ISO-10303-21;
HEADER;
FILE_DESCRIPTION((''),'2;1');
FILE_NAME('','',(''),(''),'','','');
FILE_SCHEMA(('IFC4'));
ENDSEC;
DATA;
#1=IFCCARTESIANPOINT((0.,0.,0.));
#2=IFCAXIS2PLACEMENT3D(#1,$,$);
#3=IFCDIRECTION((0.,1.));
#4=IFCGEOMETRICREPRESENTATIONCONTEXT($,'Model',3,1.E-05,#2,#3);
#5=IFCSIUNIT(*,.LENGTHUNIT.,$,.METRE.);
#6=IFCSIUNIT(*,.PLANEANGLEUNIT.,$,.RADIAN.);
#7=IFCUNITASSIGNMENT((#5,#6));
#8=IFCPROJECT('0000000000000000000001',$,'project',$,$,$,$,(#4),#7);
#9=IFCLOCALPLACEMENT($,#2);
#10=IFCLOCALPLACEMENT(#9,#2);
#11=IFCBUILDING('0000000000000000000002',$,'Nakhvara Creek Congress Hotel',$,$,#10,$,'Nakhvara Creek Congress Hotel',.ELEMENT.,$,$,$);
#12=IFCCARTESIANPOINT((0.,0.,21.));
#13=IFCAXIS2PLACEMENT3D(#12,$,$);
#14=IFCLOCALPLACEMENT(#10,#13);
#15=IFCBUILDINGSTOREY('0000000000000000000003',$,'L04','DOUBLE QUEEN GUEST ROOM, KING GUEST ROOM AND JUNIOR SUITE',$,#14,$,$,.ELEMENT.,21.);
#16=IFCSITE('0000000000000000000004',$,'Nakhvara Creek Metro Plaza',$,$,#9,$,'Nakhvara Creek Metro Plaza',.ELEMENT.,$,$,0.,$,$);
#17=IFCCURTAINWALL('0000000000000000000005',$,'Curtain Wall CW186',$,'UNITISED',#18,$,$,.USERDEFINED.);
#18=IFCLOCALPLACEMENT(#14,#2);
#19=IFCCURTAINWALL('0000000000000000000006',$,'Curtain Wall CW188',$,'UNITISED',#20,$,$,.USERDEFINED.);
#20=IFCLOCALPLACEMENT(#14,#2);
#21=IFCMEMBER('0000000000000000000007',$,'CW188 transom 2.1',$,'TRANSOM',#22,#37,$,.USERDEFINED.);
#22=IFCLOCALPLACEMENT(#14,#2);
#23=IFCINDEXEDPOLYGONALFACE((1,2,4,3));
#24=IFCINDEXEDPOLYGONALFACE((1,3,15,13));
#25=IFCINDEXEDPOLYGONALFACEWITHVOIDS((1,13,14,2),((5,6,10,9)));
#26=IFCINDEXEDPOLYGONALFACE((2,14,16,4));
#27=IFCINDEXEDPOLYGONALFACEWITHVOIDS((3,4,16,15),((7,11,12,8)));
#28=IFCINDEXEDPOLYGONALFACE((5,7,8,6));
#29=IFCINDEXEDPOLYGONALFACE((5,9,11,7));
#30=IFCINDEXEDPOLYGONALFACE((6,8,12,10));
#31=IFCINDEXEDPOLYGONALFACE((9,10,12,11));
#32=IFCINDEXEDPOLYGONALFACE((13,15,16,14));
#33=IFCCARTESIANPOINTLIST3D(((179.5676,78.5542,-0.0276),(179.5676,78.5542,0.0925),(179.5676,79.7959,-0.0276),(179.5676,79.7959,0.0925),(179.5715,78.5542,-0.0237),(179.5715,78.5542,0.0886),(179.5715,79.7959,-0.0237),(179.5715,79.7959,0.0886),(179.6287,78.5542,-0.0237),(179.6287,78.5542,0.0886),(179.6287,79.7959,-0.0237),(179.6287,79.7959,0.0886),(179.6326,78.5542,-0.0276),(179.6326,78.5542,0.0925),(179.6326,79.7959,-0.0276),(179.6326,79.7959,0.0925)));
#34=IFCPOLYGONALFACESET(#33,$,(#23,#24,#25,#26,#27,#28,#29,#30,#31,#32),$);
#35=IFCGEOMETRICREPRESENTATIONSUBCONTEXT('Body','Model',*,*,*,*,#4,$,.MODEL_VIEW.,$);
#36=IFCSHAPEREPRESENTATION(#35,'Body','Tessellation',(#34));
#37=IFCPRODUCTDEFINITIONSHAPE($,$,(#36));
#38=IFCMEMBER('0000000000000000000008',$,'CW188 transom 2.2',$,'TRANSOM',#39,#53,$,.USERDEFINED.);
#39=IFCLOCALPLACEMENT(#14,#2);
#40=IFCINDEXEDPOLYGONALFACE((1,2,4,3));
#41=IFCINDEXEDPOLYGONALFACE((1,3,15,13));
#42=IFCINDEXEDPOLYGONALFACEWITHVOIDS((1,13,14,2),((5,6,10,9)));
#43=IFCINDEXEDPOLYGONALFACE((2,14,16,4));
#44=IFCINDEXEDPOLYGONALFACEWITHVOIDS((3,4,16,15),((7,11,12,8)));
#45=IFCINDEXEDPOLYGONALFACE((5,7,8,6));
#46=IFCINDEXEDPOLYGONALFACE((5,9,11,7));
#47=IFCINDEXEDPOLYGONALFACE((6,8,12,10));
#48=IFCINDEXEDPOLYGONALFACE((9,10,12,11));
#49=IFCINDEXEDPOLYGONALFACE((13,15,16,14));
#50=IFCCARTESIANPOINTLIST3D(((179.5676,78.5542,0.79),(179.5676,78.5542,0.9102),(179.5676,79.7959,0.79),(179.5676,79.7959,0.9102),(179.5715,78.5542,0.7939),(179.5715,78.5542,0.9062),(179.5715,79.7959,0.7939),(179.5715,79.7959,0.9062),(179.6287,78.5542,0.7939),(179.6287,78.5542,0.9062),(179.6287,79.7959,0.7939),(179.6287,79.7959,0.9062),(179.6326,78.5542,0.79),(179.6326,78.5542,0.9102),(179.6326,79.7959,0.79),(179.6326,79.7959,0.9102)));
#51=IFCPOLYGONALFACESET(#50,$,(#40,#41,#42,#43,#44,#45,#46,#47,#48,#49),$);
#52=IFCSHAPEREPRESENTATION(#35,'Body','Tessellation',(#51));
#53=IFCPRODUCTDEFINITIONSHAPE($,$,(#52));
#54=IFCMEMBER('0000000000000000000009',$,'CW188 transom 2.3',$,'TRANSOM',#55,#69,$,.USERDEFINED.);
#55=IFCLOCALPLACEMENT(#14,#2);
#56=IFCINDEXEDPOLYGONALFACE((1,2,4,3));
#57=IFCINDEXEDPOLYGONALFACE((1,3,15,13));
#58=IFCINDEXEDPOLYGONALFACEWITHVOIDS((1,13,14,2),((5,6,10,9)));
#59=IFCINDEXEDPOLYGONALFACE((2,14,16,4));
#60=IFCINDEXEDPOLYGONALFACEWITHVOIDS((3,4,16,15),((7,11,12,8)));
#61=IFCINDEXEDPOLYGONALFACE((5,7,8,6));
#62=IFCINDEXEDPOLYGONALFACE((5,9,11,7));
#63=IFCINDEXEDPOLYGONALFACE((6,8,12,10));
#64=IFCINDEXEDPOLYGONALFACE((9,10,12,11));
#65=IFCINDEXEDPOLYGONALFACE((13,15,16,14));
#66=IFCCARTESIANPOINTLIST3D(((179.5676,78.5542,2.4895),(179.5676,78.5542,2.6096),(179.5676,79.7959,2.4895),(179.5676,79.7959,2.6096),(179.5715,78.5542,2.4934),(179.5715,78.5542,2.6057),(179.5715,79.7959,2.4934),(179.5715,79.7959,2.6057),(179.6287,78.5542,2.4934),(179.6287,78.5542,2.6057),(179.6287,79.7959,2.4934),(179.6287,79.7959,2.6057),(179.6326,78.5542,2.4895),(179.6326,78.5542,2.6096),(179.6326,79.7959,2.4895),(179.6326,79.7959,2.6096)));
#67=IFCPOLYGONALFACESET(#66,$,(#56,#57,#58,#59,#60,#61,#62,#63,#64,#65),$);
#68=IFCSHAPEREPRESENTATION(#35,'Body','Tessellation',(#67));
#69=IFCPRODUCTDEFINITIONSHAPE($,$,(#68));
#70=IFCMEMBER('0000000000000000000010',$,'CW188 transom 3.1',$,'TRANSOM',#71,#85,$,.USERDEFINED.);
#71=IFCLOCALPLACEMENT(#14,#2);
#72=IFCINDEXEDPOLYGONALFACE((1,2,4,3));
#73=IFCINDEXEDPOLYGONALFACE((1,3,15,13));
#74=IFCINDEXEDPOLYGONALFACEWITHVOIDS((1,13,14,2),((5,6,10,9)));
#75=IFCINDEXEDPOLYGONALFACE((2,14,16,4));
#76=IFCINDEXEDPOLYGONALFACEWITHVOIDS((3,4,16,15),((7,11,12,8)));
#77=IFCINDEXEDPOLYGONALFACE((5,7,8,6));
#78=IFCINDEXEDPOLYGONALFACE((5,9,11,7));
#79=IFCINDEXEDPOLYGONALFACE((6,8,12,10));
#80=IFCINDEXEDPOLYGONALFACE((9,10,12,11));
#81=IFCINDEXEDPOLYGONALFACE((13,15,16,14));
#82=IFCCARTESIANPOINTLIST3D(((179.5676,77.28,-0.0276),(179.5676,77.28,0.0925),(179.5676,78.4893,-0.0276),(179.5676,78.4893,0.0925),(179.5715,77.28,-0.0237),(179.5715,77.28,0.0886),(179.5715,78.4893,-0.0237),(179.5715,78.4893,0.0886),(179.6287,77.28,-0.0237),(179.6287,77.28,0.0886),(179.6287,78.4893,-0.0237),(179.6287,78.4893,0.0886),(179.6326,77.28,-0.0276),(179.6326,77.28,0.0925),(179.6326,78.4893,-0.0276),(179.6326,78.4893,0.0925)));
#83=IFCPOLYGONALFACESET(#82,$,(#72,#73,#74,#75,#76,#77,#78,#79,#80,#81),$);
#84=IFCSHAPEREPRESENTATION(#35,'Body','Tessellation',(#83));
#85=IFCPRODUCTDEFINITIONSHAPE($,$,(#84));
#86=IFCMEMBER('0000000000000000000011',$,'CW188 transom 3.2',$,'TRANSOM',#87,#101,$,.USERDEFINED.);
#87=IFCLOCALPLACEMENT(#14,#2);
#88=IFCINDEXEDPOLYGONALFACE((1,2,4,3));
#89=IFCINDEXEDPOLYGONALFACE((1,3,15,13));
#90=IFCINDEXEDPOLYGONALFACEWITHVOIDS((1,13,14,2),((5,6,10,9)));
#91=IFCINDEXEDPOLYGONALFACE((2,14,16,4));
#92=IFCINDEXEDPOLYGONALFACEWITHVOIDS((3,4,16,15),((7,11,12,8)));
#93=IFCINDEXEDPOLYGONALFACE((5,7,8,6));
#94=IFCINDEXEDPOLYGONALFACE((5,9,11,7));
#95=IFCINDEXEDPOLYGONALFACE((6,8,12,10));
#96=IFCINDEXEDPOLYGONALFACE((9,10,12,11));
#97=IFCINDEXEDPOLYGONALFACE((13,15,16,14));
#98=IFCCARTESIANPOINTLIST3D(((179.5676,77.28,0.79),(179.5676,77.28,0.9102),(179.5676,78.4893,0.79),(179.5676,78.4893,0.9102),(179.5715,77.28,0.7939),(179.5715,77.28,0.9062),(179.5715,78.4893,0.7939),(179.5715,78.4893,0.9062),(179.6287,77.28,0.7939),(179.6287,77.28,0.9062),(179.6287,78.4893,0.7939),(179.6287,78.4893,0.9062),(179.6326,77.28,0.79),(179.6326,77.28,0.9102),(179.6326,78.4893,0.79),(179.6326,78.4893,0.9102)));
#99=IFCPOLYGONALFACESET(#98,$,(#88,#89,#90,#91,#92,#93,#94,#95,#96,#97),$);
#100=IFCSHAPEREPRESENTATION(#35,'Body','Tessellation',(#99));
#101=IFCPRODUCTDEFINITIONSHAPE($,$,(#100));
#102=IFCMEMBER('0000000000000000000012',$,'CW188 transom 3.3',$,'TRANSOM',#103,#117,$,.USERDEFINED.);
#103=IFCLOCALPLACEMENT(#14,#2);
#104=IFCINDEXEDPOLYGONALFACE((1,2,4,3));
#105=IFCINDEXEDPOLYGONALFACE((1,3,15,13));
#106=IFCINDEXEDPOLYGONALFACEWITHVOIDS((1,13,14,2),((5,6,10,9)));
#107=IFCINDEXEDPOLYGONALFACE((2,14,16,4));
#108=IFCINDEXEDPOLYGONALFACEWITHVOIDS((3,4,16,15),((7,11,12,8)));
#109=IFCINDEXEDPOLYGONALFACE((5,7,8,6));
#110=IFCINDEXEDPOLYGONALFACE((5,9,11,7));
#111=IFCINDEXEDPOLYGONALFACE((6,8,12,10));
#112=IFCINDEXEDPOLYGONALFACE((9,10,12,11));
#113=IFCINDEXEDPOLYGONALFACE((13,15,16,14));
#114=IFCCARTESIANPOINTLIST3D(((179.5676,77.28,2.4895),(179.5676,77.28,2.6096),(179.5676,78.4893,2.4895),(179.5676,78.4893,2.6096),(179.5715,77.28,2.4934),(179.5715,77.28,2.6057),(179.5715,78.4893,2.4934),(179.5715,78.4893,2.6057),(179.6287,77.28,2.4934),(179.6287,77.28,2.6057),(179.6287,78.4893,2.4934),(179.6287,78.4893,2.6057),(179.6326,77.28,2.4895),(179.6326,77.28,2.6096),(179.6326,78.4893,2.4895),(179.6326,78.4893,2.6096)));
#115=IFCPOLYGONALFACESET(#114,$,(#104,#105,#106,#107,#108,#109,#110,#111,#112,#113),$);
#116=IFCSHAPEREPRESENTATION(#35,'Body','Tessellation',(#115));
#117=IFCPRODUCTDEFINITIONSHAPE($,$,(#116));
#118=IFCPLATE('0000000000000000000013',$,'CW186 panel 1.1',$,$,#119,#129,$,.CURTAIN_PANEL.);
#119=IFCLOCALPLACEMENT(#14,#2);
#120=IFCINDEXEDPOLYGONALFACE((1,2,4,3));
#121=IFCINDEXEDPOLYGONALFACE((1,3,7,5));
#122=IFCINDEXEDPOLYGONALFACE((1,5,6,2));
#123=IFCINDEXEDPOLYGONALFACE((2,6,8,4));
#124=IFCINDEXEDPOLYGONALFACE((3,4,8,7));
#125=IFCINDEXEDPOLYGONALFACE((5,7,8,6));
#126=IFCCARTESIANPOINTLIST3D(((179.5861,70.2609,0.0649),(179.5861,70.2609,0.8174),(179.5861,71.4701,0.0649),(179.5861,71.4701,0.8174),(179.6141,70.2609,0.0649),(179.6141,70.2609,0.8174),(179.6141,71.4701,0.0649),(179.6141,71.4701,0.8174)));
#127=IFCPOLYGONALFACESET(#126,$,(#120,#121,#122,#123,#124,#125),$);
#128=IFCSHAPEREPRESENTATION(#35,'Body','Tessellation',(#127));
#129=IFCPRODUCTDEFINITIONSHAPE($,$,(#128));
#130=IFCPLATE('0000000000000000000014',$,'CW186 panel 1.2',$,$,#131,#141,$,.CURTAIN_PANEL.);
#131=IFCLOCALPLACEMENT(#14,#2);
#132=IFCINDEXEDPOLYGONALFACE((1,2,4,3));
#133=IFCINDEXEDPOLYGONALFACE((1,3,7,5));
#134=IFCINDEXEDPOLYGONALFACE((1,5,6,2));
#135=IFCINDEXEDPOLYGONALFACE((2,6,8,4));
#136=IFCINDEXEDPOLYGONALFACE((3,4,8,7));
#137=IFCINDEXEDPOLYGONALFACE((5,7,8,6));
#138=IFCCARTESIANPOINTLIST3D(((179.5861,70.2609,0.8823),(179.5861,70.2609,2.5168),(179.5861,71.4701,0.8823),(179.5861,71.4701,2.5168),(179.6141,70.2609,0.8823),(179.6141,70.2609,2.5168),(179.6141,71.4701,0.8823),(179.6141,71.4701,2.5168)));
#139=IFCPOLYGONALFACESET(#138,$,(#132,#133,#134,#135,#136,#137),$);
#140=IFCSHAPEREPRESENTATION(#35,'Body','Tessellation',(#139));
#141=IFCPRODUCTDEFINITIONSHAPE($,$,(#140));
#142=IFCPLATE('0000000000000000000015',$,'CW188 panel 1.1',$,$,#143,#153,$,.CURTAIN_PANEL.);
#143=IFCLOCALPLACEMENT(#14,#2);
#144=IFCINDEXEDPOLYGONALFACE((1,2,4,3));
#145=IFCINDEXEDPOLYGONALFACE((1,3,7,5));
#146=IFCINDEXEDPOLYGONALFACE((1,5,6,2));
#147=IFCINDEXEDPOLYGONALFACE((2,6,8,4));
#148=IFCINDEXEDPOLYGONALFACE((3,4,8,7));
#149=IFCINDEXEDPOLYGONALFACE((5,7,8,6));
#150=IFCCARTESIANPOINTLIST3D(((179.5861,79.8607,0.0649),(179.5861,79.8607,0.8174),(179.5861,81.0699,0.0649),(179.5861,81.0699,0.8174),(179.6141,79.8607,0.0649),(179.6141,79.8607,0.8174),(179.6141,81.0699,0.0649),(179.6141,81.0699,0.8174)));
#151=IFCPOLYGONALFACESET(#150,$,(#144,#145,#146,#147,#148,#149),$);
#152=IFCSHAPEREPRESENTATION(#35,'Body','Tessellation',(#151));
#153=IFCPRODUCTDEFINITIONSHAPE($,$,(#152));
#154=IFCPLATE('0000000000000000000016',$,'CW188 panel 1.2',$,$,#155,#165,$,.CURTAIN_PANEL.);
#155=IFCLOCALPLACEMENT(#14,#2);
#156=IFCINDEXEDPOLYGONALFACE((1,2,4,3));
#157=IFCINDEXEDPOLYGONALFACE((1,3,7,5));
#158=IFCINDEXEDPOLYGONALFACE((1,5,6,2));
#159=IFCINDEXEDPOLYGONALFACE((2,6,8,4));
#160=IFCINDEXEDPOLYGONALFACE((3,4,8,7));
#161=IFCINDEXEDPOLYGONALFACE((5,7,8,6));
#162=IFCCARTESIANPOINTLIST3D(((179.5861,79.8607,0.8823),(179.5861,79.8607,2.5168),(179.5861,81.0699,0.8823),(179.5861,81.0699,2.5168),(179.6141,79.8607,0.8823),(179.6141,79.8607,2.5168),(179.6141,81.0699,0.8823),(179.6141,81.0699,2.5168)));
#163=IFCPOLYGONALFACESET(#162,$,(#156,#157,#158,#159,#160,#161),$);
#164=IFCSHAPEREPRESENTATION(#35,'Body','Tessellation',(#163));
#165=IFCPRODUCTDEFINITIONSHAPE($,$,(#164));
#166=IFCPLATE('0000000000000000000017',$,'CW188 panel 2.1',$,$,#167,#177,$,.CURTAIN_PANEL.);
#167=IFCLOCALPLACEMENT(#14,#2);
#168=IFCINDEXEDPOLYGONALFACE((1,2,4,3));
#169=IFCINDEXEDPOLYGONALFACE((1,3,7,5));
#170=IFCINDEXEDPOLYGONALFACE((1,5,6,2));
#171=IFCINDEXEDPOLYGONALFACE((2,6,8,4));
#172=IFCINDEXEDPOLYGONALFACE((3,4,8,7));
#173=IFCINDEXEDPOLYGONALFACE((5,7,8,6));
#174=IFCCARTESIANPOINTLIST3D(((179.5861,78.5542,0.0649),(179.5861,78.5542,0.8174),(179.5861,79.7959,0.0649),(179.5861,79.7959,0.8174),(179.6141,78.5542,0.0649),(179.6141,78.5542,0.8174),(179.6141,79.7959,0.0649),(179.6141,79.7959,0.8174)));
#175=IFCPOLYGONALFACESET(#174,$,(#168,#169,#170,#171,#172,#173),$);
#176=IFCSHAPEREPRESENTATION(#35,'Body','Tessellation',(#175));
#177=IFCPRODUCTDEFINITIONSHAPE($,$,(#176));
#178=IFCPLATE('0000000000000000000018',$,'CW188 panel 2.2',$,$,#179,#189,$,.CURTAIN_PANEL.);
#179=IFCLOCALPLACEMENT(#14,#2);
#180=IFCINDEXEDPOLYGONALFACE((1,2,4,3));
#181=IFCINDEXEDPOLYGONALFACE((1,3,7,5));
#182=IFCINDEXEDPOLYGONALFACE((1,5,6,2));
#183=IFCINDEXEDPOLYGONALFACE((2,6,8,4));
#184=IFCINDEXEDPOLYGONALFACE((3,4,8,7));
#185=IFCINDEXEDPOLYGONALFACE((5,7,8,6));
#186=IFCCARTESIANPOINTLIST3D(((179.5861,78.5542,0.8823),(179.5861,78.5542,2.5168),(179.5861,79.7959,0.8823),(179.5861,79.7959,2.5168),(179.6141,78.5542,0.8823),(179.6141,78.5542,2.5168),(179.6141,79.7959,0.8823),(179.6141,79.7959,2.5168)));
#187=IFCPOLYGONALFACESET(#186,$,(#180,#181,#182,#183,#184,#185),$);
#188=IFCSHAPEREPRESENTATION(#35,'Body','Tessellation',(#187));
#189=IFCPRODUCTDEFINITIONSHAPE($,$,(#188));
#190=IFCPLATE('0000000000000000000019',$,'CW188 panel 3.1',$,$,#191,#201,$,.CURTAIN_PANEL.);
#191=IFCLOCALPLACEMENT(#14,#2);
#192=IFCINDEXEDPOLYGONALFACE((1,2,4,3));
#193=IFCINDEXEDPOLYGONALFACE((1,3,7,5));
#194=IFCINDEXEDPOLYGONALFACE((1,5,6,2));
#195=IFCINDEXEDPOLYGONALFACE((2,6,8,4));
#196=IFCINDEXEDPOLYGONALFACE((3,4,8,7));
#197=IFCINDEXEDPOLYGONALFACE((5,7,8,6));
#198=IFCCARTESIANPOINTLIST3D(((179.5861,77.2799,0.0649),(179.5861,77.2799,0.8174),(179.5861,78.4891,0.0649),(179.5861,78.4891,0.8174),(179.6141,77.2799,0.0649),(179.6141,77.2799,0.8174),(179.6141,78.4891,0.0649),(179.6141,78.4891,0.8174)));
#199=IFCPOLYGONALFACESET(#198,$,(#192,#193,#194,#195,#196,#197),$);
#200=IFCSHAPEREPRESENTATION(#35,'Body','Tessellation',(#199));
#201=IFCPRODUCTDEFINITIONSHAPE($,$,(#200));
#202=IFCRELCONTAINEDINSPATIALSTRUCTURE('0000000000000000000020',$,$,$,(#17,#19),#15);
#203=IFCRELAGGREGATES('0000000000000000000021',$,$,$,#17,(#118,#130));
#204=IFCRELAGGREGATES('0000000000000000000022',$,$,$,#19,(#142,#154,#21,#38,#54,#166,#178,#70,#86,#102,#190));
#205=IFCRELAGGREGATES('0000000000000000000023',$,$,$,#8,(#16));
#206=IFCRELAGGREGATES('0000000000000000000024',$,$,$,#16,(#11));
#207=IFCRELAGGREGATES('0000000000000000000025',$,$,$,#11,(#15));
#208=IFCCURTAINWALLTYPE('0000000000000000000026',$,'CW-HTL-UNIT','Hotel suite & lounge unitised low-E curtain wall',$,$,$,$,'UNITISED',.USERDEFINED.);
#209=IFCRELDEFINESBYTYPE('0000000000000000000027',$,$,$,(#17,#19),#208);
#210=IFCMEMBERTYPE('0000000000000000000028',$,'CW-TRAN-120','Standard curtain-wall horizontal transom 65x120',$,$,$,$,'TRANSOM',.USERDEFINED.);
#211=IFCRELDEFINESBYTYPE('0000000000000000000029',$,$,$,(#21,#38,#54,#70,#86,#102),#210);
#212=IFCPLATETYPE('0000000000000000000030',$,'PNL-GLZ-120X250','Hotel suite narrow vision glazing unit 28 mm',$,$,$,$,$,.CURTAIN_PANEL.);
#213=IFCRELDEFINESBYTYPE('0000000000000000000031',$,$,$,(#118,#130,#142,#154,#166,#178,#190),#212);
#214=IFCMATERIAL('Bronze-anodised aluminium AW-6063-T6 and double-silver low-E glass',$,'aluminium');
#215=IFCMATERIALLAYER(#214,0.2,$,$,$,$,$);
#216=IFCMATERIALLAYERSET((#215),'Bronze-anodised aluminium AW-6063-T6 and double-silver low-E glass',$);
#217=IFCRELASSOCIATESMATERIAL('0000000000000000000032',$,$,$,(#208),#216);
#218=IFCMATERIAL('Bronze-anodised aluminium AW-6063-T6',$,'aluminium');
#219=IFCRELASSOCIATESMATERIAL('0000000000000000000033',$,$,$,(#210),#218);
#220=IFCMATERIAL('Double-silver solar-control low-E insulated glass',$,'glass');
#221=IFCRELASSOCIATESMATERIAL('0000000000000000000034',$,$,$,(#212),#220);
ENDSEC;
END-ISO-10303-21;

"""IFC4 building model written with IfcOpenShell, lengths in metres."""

from ifc_helpers import new_model, si_unit, direction, frame, origin, origin_2d, place, context, subcontext, project, spatial, rectangle, hollow_rectangle, extrude, material, layer, layer_set, material_profile, profile_set, type_object, element, aggregate, save


model = new_model("IFC4")

# Units and contexts
model_context = context("Model", 3, precision=1e-05, world=origin(), true_north=direction((0.0, 1.0)))
body_context = subcontext(model_context, "Body", "Model", "MODEL_VIEW")
ifc_project = project(units=[si_unit("LENGTHUNIT", "METRE"), si_unit("PLANEANGLEUNIT", "RADIAN")], contexts=[model_context])

# Site, building, storey
site_placement = place(None, origin())
site = spatial("IfcSite", under=ifc_project, at=site_placement, Name="Nakhvara Creek Metro Plaza", LongName="Nakhvara Creek Metro Plaza", CompositionType="ELEMENT", RefElevation=0.0)
building_placement = place(site_placement, origin())
building = spatial("IfcBuilding", under=site, at=building_placement, Name="Nakhvara Creek Congress Hotel", LongName="Nakhvara Creek Congress Hotel", CompositionType="ELEMENT")
storey_placement = place(building_placement, frame((0.0, 0.0, 21.0)))
storey = spatial("IfcBuildingStorey", under=building, at=storey_placement, Name="L04", Description="DOUBLE QUEEN GUEST ROOM, KING GUEST ROOM AND JUNIOR SUITE", CompositionType="ELEMENT", Elevation=21.0)

# Curtain walls
ifc_material_1 = material(Name="Bronze-anodised aluminium AW-6063-T6 and double-silver low-E glass", Category="aluminium")
ifc_layer_1 = layer(ifc_material_1, 0.2)
ifc_layer_set_1 = layer_set([ifc_layer_1], Name="Bronze-anodised aluminium AW-6063-T6 and double-silver low-E glass")
curtain_wall_type = type_object("IfcCurtainWallType", Name="CW-HTL-UNIT", Description="Hotel suite & lounge unitised low-E curtain wall", ElementType="UNITISED", PredefinedType="USERDEFINED", material=ifc_layer_set_1)
curtain_wall_1_placement = place(storey_placement, origin())
curtain_wall_1 = element("IfcCurtainWall", 1, at=curtain_wall_1_placement, inside=storey, type_object=curtain_wall_type, Name="Curtain Wall CW186", ObjectType="UNITISED", PredefinedType="USERDEFINED")
ifc_material_2 = material(Name="Bronze-anodised aluminium AW-6063-T6", Category="aluminium")
curtain_wall_2_placement = place(storey_placement, origin())
curtain_wall_2 = element("IfcCurtainWall", 2, at=curtain_wall_2_placement, inside=storey, type_object=curtain_wall_type, Name="Curtain Wall CW188", ObjectType="UNITISED", PredefinedType="USERDEFINED")

# Members
ifc_material_profile_1 = material_profile(ifc_material_2, hollow_rectangle(XDim=0.0649, YDim=0.1201, WallThickness=0.0039, at=origin_2d()), Name="ALU-TRAN 65x120x4", Category="LoadBearing")
ifc_profile_set_1 = profile_set([ifc_material_profile_1], Name="Bronze-anodised aluminium AW-6063-T6")
member_type_1 = type_object("IfcMemberType", Name="CW-TRAN-120", Description="Standard curtain-wall horizontal transom 65x120", ElementType="TRANSOM", PredefinedType="USERDEFINED", material=ifc_profile_set_1)
member_1_placement = place(storey_placement, frame((179.6001, 79.7959, 0.0325), z_axis=(0.0, -1.0, 0.0), x_axis=(1.0, 0.0, 0.0)))
member_1 = element("IfcMember", 3, at=member_1_placement, type_object=member_type_1, Name="CW188 transom 2.1", ObjectType="TRANSOM", PredefinedType="USERDEFINED", context=body_context, shape_type="SweptSolid", body=[
    extrude(hollow_rectangle(XDim=0.0649, YDim=0.1201, WallThickness=0.0039, at=origin_2d()), origin(), (0.0, 0.0, 1.0), 1.2417),
])
member_2_placement = place(storey_placement, frame((179.6001, 79.7959, 0.8501), z_axis=(0.0, -1.0, 0.0), x_axis=(1.0, 0.0, 0.0)))
member_2 = element("IfcMember", 4, at=member_2_placement, type_object=member_type_1, Name="CW188 transom 2.2", ObjectType="TRANSOM", PredefinedType="USERDEFINED", context=body_context, shape_type="SweptSolid", body=[
    extrude(hollow_rectangle(XDim=0.0649, YDim=0.1201, WallThickness=0.0039, at=origin_2d()), origin(), (0.0, 0.0, 1.0), 1.2417),
])
member_3_placement = place(storey_placement, frame((179.6001, 79.7959, 2.5496), z_axis=(0.0, -1.0, 0.0), x_axis=(1.0, 0.0, 0.0)))
member_3 = element("IfcMember", 5, at=member_3_placement, type_object=member_type_1, Name="CW188 transom 2.3", ObjectType="TRANSOM", PredefinedType="USERDEFINED", context=body_context, shape_type="SweptSolid", body=[
    extrude(hollow_rectangle(XDim=0.0649, YDim=0.1201, WallThickness=0.0039, at=origin_2d()), origin(), (0.0, 0.0, 1.0), 1.2417),
])
member_4_placement = place(storey_placement, frame((179.6001, 78.4893, 0.0325), z_axis=(0.0, -1.0, 0.0), x_axis=(1.0, 0.0, 0.0)))
member_4 = element("IfcMember", 6, at=member_4_placement, type_object=member_type_1, Name="CW188 transom 3.1", ObjectType="TRANSOM", PredefinedType="USERDEFINED", context=body_context, shape_type="SweptSolid", body=[
    extrude(hollow_rectangle(XDim=0.0649, YDim=0.1201, WallThickness=0.0039, at=origin_2d()), origin(), (0.0, 0.0, 1.0), 1.2092),
])
member_5_placement = place(storey_placement, frame((179.6001, 78.4893, 0.8501), z_axis=(0.0, -1.0, 0.0), x_axis=(1.0, 0.0, 0.0)))
member_5 = element("IfcMember", 7, at=member_5_placement, type_object=member_type_1, Name="CW188 transom 3.2", ObjectType="TRANSOM", PredefinedType="USERDEFINED", context=body_context, shape_type="SweptSolid", body=[
    extrude(hollow_rectangle(XDim=0.0649, YDim=0.1201, WallThickness=0.0039, at=origin_2d()), origin(), (0.0, 0.0, 1.0), 1.2092),
])
member_6_placement = place(storey_placement, frame((179.6001, 78.4893, 2.5496), z_axis=(0.0, -1.0, 0.0), x_axis=(1.0, 0.0, 0.0)))
member_6 = element("IfcMember", 8, at=member_6_placement, type_object=member_type_1, Name="CW188 transom 3.3", ObjectType="TRANSOM", PredefinedType="USERDEFINED", context=body_context, shape_type="SweptSolid", body=[
    extrude(hollow_rectangle(XDim=0.0649, YDim=0.1201, WallThickness=0.0039, at=origin_2d()), origin(), (0.0, 0.0, 1.0), 1.2092),
])

# Plates
ifc_material_3 = material(Name="Double-silver solar-control low-E insulated glass", Category="glass")
plate_type = type_object("IfcPlateType", Name="PNL-GLZ-120X250", Description="Hotel suite narrow vision glazing unit 28 mm", PredefinedType="CURTAIN_PANEL", material=ifc_material_3)
plate_1_placement = place(storey_placement, frame((179.6001, 70.8655, 0.0649), z_axis=(0.0, 0.0, 1.0), x_axis=(0.0, -1.0, 0.0)))
plate_1 = element("IfcPlate", 9, at=plate_1_placement, type_object=plate_type, Name="CW186 panel 1.1", PredefinedType="CURTAIN_PANEL", context=body_context, shape_type="SweptSolid", body=[
    extrude(rectangle(XDim=1.2092, YDim=0.0281, at=origin_2d()), origin(), (0.0, 0.0, 1.0), 0.7524),
])
plate_2_placement = place(storey_placement, frame((179.6001, 70.8655, 0.8823), z_axis=(0.0, 0.0, 1.0), x_axis=(0.0, -1.0, 0.0)))
plate_2 = element("IfcPlate", 10, at=plate_2_placement, type_object=plate_type, Name="CW186 panel 1.2", PredefinedType="CURTAIN_PANEL", context=body_context, shape_type="SweptSolid", body=[
    extrude(rectangle(XDim=1.2092, YDim=0.0281, at=origin_2d()), origin(), (0.0, 0.0, 1.0), 1.6345),
])
aggregate(curtain_wall_1, [plate_1, plate_2])
plate_3_placement = place(storey_placement, frame((179.6001, 80.4653, 0.0649), z_axis=(0.0, 0.0, 1.0), x_axis=(0.0, -1.0, 0.0)))
plate_3 = element("IfcPlate", 11, at=plate_3_placement, type_object=plate_type, Name="CW188 panel 1.1", PredefinedType="CURTAIN_PANEL", context=body_context, shape_type="SweptSolid", body=[
    extrude(rectangle(XDim=1.2092, YDim=0.0281, at=origin_2d()), origin(), (0.0, 0.0, 1.0), 0.7524),
])
plate_4_placement = place(storey_placement, frame((179.6001, 80.4653, 0.8823), z_axis=(0.0, 0.0, 1.0), x_axis=(0.0, -1.0, 0.0)))
plate_4 = element("IfcPlate", 12, at=plate_4_placement, type_object=plate_type, Name="CW188 panel 1.2", PredefinedType="CURTAIN_PANEL", context=body_context, shape_type="SweptSolid", body=[
    extrude(rectangle(XDim=1.2092, YDim=0.0281, at=origin_2d()), origin(), (0.0, 0.0, 1.0), 1.6345),
])
plate_5_placement = place(storey_placement, frame((179.6001, 79.175, 0.0649), z_axis=(0.0, 0.0, 1.0), x_axis=(0.0, -1.0, 0.0)))
plate_5 = element("IfcPlate", 13, at=plate_5_placement, type_object=plate_type, Name="CW188 panel 2.1", PredefinedType="CURTAIN_PANEL", context=body_context, shape_type="SweptSolid", body=[
    extrude(rectangle(XDim=1.2417, YDim=0.0281, at=origin_2d()), origin(), (0.0, 0.0, 1.0), 0.7524),
])
plate_6_placement = place(storey_placement, frame((179.6001, 79.175, 0.8823), z_axis=(0.0, 0.0, 1.0), x_axis=(0.0, -1.0, 0.0)))
plate_6 = element("IfcPlate", 14, at=plate_6_placement, type_object=plate_type, Name="CW188 panel 2.2", PredefinedType="CURTAIN_PANEL", context=body_context, shape_type="SweptSolid", body=[
    extrude(rectangle(XDim=1.2417, YDim=0.0281, at=origin_2d()), origin(), (0.0, 0.0, 1.0), 1.6345),
])
plate_7_placement = place(storey_placement, frame((179.6001, 77.8845, 0.0649), z_axis=(0.0, 0.0, 1.0), x_axis=(0.0, -1.0, 0.0)))
plate_7 = element("IfcPlate", 15, at=plate_7_placement, type_object=plate_type, Name="CW188 panel 3.1", PredefinedType="CURTAIN_PANEL", context=body_context, shape_type="SweptSolid", body=[
    extrude(rectangle(XDim=1.2092, YDim=0.0281, at=origin_2d()), origin(), (0.0, 0.0, 1.0), 0.7524),
])
aggregate(curtain_wall_2, [plate_3, plate_4, member_1, member_2, member_3, plate_5, plate_6, member_4, member_5, member_6, plate_7])

save(model, "model.ifc")
